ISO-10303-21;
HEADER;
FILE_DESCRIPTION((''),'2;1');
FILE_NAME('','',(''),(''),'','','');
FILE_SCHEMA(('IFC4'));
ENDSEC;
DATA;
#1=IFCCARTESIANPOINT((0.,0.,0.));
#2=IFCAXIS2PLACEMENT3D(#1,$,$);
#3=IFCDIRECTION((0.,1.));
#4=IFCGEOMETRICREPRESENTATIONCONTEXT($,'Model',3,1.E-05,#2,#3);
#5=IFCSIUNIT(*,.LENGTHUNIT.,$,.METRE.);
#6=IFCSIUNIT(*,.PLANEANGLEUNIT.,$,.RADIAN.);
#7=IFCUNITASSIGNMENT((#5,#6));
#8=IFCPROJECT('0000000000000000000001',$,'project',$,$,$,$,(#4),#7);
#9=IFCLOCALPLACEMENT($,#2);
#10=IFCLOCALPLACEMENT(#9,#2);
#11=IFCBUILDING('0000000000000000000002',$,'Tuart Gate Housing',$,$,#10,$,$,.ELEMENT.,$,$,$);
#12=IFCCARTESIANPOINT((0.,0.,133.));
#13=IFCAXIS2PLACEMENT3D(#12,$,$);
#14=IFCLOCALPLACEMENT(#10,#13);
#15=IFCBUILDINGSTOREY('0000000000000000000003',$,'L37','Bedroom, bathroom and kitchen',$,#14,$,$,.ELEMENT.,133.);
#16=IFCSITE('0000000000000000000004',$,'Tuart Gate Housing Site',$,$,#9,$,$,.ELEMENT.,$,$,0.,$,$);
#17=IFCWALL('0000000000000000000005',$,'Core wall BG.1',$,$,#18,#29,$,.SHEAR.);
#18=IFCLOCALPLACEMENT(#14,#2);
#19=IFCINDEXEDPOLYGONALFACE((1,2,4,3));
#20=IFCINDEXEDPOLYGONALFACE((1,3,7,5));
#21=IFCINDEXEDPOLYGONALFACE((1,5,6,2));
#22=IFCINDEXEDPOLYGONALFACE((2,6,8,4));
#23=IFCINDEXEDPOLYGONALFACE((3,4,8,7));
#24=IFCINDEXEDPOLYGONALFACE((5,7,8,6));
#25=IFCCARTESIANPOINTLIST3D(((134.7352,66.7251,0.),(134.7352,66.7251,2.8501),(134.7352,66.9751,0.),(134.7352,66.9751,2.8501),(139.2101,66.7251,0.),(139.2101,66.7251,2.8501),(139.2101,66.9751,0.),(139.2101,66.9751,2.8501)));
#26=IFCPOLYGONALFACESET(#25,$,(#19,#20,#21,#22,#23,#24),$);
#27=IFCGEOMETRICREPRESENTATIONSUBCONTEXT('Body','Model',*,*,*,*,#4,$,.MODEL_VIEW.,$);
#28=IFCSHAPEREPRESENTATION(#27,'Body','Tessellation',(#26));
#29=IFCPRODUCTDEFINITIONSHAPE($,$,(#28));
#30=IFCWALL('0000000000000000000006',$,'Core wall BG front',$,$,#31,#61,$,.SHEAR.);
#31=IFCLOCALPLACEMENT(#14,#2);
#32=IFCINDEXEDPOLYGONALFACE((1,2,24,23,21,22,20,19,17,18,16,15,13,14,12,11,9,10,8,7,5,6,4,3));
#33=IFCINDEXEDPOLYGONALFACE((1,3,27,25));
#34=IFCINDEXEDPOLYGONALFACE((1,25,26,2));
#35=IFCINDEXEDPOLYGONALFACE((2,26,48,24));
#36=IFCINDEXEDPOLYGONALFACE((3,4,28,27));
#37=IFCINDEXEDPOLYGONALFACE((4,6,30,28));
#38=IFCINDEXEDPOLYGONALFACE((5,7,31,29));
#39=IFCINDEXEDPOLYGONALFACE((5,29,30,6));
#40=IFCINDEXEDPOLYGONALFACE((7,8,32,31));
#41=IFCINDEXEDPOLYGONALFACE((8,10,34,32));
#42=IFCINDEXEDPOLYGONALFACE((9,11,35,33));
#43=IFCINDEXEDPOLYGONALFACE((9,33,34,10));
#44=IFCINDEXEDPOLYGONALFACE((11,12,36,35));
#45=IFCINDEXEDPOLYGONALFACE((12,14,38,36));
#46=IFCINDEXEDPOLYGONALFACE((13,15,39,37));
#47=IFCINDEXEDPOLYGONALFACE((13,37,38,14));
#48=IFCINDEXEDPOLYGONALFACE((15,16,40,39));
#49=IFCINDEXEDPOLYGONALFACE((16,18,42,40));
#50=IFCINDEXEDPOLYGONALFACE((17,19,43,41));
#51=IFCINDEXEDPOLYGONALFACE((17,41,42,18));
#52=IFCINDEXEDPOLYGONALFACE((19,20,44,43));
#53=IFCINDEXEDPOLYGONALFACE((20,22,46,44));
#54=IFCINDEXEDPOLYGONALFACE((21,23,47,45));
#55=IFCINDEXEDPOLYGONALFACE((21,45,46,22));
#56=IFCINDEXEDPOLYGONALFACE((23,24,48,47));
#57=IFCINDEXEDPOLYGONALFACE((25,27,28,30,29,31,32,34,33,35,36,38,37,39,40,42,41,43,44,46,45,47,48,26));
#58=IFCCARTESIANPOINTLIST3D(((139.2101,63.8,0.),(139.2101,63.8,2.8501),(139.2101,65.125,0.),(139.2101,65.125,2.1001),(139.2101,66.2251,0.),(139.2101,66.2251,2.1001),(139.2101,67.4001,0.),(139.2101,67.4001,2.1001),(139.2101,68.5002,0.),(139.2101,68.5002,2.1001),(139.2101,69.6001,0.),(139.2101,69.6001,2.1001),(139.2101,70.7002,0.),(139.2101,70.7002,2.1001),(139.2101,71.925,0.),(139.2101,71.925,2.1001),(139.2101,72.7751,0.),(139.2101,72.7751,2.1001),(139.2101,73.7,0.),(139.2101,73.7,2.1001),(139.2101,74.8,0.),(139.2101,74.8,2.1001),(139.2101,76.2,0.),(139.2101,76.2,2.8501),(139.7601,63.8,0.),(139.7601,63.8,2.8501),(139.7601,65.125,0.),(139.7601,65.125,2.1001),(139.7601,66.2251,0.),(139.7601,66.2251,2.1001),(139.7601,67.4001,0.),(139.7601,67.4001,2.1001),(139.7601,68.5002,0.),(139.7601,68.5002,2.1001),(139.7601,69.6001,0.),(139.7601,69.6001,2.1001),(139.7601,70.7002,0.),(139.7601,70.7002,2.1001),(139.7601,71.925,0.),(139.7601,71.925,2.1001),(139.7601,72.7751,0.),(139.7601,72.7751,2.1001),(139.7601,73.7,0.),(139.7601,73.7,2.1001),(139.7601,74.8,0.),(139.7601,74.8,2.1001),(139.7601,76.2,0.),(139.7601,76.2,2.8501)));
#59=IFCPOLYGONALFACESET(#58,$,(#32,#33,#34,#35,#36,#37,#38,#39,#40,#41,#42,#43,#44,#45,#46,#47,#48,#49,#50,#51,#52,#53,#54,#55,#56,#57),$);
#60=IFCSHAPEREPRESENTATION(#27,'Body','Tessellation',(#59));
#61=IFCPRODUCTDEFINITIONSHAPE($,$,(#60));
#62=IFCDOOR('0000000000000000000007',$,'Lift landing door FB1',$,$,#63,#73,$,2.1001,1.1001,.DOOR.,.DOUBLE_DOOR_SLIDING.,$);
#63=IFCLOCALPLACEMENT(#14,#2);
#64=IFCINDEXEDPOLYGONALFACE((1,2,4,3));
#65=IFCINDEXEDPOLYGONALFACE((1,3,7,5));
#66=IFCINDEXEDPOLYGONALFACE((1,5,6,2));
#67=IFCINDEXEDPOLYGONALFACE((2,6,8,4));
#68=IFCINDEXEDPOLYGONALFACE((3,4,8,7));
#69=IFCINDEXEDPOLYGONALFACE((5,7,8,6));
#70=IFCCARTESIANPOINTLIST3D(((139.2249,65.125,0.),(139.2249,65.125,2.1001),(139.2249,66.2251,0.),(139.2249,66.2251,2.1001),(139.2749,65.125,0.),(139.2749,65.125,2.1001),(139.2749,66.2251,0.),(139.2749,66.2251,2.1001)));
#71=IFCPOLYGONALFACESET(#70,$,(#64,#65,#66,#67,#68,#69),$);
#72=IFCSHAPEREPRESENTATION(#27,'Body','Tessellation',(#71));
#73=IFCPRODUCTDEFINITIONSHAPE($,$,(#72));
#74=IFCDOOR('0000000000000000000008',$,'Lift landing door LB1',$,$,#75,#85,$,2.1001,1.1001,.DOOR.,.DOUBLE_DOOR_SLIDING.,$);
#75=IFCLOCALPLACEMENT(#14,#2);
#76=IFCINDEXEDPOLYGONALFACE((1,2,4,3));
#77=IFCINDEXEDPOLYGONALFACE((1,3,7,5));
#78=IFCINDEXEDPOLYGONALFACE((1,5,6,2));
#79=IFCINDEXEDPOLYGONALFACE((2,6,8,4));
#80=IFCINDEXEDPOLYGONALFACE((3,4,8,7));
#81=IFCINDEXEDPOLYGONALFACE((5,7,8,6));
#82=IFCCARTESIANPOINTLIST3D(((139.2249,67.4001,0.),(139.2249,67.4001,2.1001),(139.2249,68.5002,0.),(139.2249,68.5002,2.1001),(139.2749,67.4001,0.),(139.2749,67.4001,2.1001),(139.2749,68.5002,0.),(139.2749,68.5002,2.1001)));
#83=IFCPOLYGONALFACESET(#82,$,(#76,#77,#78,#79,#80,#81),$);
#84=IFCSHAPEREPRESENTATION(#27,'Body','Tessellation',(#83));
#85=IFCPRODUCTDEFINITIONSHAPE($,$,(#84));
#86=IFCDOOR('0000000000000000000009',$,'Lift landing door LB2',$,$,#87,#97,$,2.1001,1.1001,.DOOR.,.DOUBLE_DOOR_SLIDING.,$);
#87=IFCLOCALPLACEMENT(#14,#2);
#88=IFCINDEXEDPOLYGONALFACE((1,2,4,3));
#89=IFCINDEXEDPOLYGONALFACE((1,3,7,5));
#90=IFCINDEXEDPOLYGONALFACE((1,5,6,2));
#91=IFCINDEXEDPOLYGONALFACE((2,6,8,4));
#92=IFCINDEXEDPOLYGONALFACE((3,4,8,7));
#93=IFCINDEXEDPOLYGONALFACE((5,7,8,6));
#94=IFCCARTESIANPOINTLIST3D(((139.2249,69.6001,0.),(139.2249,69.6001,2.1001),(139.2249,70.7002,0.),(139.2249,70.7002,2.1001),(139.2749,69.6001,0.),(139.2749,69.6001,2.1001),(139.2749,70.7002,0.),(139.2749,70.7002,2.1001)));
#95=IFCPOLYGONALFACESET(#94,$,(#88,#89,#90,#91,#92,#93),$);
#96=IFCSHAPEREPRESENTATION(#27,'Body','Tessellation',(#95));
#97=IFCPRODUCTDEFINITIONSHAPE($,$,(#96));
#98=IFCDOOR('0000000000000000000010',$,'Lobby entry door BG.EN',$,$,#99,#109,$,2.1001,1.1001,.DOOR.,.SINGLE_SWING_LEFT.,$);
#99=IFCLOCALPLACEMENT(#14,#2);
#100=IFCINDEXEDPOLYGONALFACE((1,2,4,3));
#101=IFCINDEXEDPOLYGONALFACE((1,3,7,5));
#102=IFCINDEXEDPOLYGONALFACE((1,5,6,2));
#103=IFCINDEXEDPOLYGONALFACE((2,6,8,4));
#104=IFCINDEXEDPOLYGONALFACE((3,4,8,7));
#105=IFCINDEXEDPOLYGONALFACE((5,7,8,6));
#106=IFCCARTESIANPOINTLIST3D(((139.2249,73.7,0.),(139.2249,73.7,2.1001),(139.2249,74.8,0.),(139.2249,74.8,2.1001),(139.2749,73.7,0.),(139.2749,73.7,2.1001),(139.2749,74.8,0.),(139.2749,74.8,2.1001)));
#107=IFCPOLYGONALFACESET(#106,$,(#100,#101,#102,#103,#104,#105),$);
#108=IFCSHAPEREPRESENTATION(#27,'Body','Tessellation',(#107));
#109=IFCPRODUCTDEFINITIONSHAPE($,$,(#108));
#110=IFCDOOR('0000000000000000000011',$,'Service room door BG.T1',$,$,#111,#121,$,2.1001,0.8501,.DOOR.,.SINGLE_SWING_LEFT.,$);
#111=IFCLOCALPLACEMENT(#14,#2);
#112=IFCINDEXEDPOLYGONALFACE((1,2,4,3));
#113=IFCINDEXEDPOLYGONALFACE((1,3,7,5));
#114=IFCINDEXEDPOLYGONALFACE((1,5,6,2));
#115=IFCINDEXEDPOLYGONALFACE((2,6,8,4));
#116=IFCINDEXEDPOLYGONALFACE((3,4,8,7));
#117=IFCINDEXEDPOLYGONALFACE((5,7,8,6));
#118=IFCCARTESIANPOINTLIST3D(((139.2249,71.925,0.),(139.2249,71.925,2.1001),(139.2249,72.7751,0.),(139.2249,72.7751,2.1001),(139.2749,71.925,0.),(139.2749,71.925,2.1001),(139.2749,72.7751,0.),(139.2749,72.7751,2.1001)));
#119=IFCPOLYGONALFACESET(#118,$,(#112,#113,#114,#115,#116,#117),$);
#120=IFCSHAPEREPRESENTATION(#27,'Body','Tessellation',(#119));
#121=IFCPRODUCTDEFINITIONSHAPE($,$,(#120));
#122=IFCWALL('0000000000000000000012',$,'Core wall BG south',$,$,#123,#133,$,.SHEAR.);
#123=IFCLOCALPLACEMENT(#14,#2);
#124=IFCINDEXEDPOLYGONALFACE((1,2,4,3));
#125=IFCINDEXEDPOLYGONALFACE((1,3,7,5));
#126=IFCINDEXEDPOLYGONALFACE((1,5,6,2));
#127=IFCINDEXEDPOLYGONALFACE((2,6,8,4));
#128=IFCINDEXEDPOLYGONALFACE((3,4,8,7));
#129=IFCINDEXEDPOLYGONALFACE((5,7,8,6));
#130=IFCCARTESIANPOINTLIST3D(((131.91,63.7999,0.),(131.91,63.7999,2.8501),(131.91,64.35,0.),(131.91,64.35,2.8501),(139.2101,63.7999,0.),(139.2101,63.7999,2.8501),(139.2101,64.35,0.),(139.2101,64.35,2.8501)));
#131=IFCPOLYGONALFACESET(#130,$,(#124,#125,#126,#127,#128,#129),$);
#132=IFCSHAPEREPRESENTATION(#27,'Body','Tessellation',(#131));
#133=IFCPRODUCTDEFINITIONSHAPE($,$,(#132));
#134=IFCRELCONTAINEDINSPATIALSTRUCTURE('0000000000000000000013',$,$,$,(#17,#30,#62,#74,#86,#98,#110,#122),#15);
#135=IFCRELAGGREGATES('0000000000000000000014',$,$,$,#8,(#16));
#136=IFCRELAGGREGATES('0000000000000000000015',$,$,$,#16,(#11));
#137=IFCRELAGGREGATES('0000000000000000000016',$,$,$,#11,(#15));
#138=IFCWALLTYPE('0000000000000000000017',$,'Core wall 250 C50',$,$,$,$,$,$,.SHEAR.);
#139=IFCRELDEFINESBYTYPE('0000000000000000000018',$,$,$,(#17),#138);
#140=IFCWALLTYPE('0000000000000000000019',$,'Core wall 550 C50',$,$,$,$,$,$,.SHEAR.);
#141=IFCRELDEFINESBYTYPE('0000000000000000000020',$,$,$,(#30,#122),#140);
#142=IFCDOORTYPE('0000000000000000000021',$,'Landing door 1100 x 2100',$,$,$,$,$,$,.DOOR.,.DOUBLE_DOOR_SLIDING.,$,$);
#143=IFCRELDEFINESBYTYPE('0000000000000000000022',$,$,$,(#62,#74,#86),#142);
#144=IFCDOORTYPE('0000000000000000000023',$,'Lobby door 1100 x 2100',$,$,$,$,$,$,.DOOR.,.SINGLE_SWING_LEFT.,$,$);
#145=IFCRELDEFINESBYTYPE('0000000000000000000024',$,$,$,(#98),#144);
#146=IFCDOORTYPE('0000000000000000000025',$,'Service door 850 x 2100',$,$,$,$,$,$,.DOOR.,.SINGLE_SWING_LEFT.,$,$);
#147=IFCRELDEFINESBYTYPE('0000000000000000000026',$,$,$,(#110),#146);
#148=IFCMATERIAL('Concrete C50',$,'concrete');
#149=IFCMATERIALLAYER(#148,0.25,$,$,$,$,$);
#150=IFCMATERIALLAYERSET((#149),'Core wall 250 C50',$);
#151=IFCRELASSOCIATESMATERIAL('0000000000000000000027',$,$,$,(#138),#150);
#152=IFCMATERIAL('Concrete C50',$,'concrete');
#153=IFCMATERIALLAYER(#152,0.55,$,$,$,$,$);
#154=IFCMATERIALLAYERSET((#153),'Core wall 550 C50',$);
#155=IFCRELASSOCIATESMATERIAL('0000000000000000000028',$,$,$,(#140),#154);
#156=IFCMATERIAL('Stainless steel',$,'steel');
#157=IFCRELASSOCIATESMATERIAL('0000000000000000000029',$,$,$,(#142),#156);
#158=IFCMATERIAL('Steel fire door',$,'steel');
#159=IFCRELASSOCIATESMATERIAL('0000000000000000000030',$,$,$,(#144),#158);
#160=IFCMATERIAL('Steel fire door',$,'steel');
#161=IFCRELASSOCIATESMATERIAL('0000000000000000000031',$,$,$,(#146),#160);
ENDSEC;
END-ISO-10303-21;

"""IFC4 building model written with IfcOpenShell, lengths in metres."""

from ifc_helpers import new_model, si_unit, direction, frame, frame_2d, origin, place, context, subcontext, project, spatial, rectangle, extrude, material, layer, layer_set, type_object, element, fill, save


model = new_model("IFC4")

# Units and contexts
model_context = context("Model", 3, precision=1e-05, world=origin(), true_north=direction((0.0, 1.0)))
body_context = subcontext(model_context, "Body", "Model", "MODEL_VIEW")
ifc_project = project(units=[si_unit("LENGTHUNIT", "METRE"), si_unit("PLANEANGLEUNIT", "RADIAN")], contexts=[model_context])

# Site, building, storey
site_placement = place(None, origin())
site = spatial("IfcSite", under=ifc_project, at=site_placement, Name="Tuart Gate Housing Site", CompositionType="ELEMENT", RefElevation=0.0)
building_placement = place(site_placement, origin())
building = spatial("IfcBuilding", under=site, at=building_placement, Name="Tuart Gate Housing", CompositionType="ELEMENT")
storey_placement = place(building_placement, frame((0.0, 0.0, 133.0)))
storey = spatial("IfcBuildingStorey", under=building, at=storey_placement, Name="L37", Description="Bedroom, bathroom and kitchen", CompositionType="ELEMENT", Elevation=133.0)

# Wall
ifc_material_1 = material(Name="Concrete C50", Category="concrete")
ifc_layer_1 = layer(ifc_material_1, 0.25)
ifc_layer_set_1 = layer_set([ifc_layer_1], Name="Core wall 250 C50")
wall_type_1 = type_object("IfcWallType", Name="Core wall 250 C50", PredefinedType="SHEAR", material=ifc_layer_set_1)
wall_1_placement = place(storey_placement, frame((139.21, 66.8501, 0.0), z_axis=(0.0, 0.0, 1.0), x_axis=(-1.0, 0.0, 0.0)))
element("IfcWall", 1, at=wall_1_placement, inside=storey, type_object=wall_type_1, Name="Core wall BG.1", PredefinedType="SHEAR", context=body_context, shape_type="SweptSolid", body=[
    extrude(rectangle(XDim=4.4749, YDim=0.25, at=frame_2d((2.2373, 0.0))), origin(), (0.0, 0.0, 1.0), 2.8501),
])

# Wall, openings, doors
ifc_material_2 = material(Name="Concrete C50", Category="concrete")
ifc_layer_2 = layer(ifc_material_2, 0.55)
ifc_layer_set_2 = layer_set([ifc_layer_2], Name="Core wall 550 C50")
wall_type_2 = type_object("IfcWallType", Name="Core wall 550 C50", PredefinedType="SHEAR", material=ifc_layer_set_2)
wall_2_placement = place(storey_placement, frame((139.4851, 63.8, 0.0), z_axis=(0.0, 0.0, 1.0), x_axis=(0.0, 1.0, 0.0)))
wall_2 = element("IfcWall", 2, at=wall_2_placement, inside=storey, type_object=wall_type_2, Name="Core wall BG front", PredefinedType="SHEAR", context=body_context, shape_type="SweptSolid", body=[
    extrude(rectangle(XDim=12.3999, YDim=0.55, at=frame_2d((6.2, 0.0))), origin(), (0.0, 0.0, 1.0), 2.8501),
])
opening_1_placement = place(wall_2_placement, frame((1.325, 0.0, 0.0)))
opening_1 = element("IfcOpeningElement", 3, at=opening_1_placement, cuts=wall_2, PredefinedType="OPENING", context=body_context, shape_type="SweptSolid", body=[
    extrude(rectangle(XDim=1.1001, YDim=2.1001, at=frame_2d((0.55, 1.05))), frame((0.0, 0.2849, 0.0), z_axis=(0.0, -1.0, 0.0), x_axis=(1.0, 0.0, 0.0)), (0.0, 0.0, 1.0), 0.5701),
])
opening_2_placement = place(wall_2_placement, frame((3.6001, 0.0, 0.0)))
opening_2 = element("IfcOpeningElement", 4, at=opening_2_placement, cuts=wall_2, PredefinedType="OPENING", context=body_context, shape_type="SweptSolid", body=[
    extrude(rectangle(XDim=1.1001, YDim=2.1001, at=frame_2d((0.55, 1.05))), frame((0.0, 0.2849, 0.0), z_axis=(0.0, -1.0, 0.0), x_axis=(1.0, 0.0, 0.0)), (0.0, 0.0, 1.0), 0.5701),
])
opening_3_placement = place(wall_2_placement, frame((5.8, 0.0, 0.0)))
opening_3 = element("IfcOpeningElement", 5, at=opening_3_placement, cuts=wall_2, PredefinedType="OPENING", context=body_context, shape_type="SweptSolid", body=[
    extrude(rectangle(XDim=1.1001, YDim=2.1001, at=frame_2d((0.55, 1.05))), frame((0.0, 0.2849, 0.0), z_axis=(0.0, -1.0, 0.0), x_axis=(1.0, 0.0, 0.0)), (0.0, 0.0, 1.0), 0.5701),
])
opening_4_placement = place(wall_2_placement, frame((9.8999, 0.0, 0.0)))
opening_4 = element("IfcOpeningElement", 6, at=opening_4_placement, cuts=wall_2, PredefinedType="OPENING", context=body_context, shape_type="SweptSolid", body=[
    extrude(rectangle(XDim=1.1001, YDim=2.1001, at=frame_2d((0.55, 1.05))), frame((0.0, 0.2849, 0.0), z_axis=(0.0, -1.0, 0.0), x_axis=(1.0, 0.0, 0.0)), (0.0, 0.0, 1.0), 0.5701),
])
opening_5_placement = place(wall_2_placement, frame((8.125, 0.0, 0.0)))
opening_5 = element("IfcOpeningElement", 7, at=opening_5_placement, cuts=wall_2, PredefinedType="OPENING", context=body_context, shape_type="SweptSolid", body=[
    extrude(rectangle(XDim=0.8501, YDim=2.1001, at=frame_2d((0.425, 1.05))), frame((0.0, 0.2849, 0.0), z_axis=(0.0, -1.0, 0.0), x_axis=(1.0, 0.0, 0.0)), (0.0, 0.0, 1.0), 0.5701),
])
ifc_material_3 = material(Name="Stainless steel", Category="steel")
door_type_1 = type_object("IfcDoorType", Name="Landing door 1100 x 2100", OperationType="DOUBLE_DOOR_SLIDING", PredefinedType="DOOR", material=ifc_material_3)
door_1_placement = place(opening_1_placement, origin())
door_1 = element("IfcDoor", 8, at=door_1_placement, inside=storey, type_object=door_type_1, Name="Lift landing door FB1", OperationType="DOUBLE_DOOR_SLIDING", OverallHeight=2.1001, OverallWidth=1.1001, PredefinedType="DOOR", context=body_context, shape_type="SweptSolid", body=[
    extrude(rectangle(XDim=1.1001, YDim=2.1001, at=frame_2d((0.55, 1.05))), frame((0.0, 0.2603, 0.0), z_axis=(0.0, -1.0, 0.0), x_axis=(1.0, 0.0, 0.0)), (0.0, 0.0, 1.0), 0.05),
])
fill(opening_1, door_1)
door_2_placement = place(opening_2_placement, origin())
door_2 = element("IfcDoor", 9, at=door_2_placement, inside=storey, type_object=door_type_1, Name="Lift landing door LB1", OperationType="DOUBLE_DOOR_SLIDING", OverallHeight=2.1001, OverallWidth=1.1001, PredefinedType="DOOR", context=body_context, shape_type="SweptSolid", body=[
    extrude(rectangle(XDim=1.1001, YDim=2.1001, at=frame_2d((0.55, 1.05))), frame((0.0, 0.2603, 0.0), z_axis=(0.0, -1.0, 0.0), x_axis=(1.0, 0.0, 0.0)), (0.0, 0.0, 1.0), 0.05),
])
fill(opening_2, door_2)
door_3_placement = place(opening_3_placement, origin())
door_3 = element("IfcDoor", 10, at=door_3_placement, inside=storey, type_object=door_type_1, Name="Lift landing door LB2", OperationType="DOUBLE_DOOR_SLIDING", OverallHeight=2.1001, OverallWidth=1.1001, PredefinedType="DOOR", context=body_context, shape_type="SweptSolid", body=[
    extrude(rectangle(XDim=1.1001, YDim=2.1001, at=frame_2d((0.55, 1.05))), frame((0.0, 0.2603, 0.0), z_axis=(0.0, -1.0, 0.0), x_axis=(1.0, 0.0, 0.0)), (0.0, 0.0, 1.0), 0.05),
])
fill(opening_3, door_3)
ifc_material_4 = material(Name="Steel fire door", Category="steel")
door_type_2 = type_object("IfcDoorType", Name="Lobby door 1100 x 2100", OperationType="SINGLE_SWING_LEFT", PredefinedType="DOOR", material=ifc_material_4)
door_4_placement = place(opening_4_placement, origin())
door_4 = element("IfcDoor", 11, at=door_4_placement, inside=storey, type_object=door_type_2, Name="Lobby entry door BG.EN", OperationType="SINGLE_SWING_LEFT", OverallHeight=2.1001, OverallWidth=1.1001, PredefinedType="DOOR", context=body_context, shape_type="SweptSolid", body=[
    extrude(rectangle(XDim=1.1001, YDim=2.1001, at=frame_2d((0.55, 1.05))), frame((0.0, 0.2603, 0.0), z_axis=(0.0, -1.0, 0.0), x_axis=(1.0, 0.0, 0.0)), (0.0, 0.0, 1.0), 0.05),
])
fill(opening_4, door_4)
ifc_material_5 = material(Name="Steel fire door", Category="steel")
door_type_3 = type_object("IfcDoorType", Name="Service door 850 x 2100", OperationType="SINGLE_SWING_LEFT", PredefinedType="DOOR", material=ifc_material_5)
door_5_placement = place(opening_5_placement, origin())
door_5 = element("IfcDoor", 12, at=door_5_placement, inside=storey, type_object=door_type_3, Name="Service room door BG.T1", OperationType="SINGLE_SWING_LEFT", OverallHeight=2.1001, OverallWidth=0.8501, PredefinedType="DOOR", context=body_context, shape_type="SweptSolid", body=[
    extrude(rectangle(XDim=0.8501, YDim=2.1001, at=frame_2d((0.425, 1.05))), frame((0.0, 0.2603, 0.0), z_axis=(0.0, -1.0, 0.0), x_axis=(1.0, 0.0, 0.0)), (0.0, 0.0, 1.0), 0.05),
])
fill(opening_5, door_5)

# Wall
wall_3_placement = place(storey_placement, frame((139.21, 64.075, 0.0), z_axis=(0.0, 0.0, 1.0), x_axis=(-1.0, 0.0, 0.0)))
element("IfcWall", 13, at=wall_3_placement, inside=storey, type_object=wall_type_2, Name="Core wall BG south", PredefinedType="SHEAR", context=body_context, shape_type="SweptSolid", body=[
    extrude(rectangle(XDim=7.3, YDim=0.55, at=frame_2d((3.6499, 0.0))), origin(), (0.0, 0.0, 1.0), 2.8501),
])

save(model, "model.ifc")
